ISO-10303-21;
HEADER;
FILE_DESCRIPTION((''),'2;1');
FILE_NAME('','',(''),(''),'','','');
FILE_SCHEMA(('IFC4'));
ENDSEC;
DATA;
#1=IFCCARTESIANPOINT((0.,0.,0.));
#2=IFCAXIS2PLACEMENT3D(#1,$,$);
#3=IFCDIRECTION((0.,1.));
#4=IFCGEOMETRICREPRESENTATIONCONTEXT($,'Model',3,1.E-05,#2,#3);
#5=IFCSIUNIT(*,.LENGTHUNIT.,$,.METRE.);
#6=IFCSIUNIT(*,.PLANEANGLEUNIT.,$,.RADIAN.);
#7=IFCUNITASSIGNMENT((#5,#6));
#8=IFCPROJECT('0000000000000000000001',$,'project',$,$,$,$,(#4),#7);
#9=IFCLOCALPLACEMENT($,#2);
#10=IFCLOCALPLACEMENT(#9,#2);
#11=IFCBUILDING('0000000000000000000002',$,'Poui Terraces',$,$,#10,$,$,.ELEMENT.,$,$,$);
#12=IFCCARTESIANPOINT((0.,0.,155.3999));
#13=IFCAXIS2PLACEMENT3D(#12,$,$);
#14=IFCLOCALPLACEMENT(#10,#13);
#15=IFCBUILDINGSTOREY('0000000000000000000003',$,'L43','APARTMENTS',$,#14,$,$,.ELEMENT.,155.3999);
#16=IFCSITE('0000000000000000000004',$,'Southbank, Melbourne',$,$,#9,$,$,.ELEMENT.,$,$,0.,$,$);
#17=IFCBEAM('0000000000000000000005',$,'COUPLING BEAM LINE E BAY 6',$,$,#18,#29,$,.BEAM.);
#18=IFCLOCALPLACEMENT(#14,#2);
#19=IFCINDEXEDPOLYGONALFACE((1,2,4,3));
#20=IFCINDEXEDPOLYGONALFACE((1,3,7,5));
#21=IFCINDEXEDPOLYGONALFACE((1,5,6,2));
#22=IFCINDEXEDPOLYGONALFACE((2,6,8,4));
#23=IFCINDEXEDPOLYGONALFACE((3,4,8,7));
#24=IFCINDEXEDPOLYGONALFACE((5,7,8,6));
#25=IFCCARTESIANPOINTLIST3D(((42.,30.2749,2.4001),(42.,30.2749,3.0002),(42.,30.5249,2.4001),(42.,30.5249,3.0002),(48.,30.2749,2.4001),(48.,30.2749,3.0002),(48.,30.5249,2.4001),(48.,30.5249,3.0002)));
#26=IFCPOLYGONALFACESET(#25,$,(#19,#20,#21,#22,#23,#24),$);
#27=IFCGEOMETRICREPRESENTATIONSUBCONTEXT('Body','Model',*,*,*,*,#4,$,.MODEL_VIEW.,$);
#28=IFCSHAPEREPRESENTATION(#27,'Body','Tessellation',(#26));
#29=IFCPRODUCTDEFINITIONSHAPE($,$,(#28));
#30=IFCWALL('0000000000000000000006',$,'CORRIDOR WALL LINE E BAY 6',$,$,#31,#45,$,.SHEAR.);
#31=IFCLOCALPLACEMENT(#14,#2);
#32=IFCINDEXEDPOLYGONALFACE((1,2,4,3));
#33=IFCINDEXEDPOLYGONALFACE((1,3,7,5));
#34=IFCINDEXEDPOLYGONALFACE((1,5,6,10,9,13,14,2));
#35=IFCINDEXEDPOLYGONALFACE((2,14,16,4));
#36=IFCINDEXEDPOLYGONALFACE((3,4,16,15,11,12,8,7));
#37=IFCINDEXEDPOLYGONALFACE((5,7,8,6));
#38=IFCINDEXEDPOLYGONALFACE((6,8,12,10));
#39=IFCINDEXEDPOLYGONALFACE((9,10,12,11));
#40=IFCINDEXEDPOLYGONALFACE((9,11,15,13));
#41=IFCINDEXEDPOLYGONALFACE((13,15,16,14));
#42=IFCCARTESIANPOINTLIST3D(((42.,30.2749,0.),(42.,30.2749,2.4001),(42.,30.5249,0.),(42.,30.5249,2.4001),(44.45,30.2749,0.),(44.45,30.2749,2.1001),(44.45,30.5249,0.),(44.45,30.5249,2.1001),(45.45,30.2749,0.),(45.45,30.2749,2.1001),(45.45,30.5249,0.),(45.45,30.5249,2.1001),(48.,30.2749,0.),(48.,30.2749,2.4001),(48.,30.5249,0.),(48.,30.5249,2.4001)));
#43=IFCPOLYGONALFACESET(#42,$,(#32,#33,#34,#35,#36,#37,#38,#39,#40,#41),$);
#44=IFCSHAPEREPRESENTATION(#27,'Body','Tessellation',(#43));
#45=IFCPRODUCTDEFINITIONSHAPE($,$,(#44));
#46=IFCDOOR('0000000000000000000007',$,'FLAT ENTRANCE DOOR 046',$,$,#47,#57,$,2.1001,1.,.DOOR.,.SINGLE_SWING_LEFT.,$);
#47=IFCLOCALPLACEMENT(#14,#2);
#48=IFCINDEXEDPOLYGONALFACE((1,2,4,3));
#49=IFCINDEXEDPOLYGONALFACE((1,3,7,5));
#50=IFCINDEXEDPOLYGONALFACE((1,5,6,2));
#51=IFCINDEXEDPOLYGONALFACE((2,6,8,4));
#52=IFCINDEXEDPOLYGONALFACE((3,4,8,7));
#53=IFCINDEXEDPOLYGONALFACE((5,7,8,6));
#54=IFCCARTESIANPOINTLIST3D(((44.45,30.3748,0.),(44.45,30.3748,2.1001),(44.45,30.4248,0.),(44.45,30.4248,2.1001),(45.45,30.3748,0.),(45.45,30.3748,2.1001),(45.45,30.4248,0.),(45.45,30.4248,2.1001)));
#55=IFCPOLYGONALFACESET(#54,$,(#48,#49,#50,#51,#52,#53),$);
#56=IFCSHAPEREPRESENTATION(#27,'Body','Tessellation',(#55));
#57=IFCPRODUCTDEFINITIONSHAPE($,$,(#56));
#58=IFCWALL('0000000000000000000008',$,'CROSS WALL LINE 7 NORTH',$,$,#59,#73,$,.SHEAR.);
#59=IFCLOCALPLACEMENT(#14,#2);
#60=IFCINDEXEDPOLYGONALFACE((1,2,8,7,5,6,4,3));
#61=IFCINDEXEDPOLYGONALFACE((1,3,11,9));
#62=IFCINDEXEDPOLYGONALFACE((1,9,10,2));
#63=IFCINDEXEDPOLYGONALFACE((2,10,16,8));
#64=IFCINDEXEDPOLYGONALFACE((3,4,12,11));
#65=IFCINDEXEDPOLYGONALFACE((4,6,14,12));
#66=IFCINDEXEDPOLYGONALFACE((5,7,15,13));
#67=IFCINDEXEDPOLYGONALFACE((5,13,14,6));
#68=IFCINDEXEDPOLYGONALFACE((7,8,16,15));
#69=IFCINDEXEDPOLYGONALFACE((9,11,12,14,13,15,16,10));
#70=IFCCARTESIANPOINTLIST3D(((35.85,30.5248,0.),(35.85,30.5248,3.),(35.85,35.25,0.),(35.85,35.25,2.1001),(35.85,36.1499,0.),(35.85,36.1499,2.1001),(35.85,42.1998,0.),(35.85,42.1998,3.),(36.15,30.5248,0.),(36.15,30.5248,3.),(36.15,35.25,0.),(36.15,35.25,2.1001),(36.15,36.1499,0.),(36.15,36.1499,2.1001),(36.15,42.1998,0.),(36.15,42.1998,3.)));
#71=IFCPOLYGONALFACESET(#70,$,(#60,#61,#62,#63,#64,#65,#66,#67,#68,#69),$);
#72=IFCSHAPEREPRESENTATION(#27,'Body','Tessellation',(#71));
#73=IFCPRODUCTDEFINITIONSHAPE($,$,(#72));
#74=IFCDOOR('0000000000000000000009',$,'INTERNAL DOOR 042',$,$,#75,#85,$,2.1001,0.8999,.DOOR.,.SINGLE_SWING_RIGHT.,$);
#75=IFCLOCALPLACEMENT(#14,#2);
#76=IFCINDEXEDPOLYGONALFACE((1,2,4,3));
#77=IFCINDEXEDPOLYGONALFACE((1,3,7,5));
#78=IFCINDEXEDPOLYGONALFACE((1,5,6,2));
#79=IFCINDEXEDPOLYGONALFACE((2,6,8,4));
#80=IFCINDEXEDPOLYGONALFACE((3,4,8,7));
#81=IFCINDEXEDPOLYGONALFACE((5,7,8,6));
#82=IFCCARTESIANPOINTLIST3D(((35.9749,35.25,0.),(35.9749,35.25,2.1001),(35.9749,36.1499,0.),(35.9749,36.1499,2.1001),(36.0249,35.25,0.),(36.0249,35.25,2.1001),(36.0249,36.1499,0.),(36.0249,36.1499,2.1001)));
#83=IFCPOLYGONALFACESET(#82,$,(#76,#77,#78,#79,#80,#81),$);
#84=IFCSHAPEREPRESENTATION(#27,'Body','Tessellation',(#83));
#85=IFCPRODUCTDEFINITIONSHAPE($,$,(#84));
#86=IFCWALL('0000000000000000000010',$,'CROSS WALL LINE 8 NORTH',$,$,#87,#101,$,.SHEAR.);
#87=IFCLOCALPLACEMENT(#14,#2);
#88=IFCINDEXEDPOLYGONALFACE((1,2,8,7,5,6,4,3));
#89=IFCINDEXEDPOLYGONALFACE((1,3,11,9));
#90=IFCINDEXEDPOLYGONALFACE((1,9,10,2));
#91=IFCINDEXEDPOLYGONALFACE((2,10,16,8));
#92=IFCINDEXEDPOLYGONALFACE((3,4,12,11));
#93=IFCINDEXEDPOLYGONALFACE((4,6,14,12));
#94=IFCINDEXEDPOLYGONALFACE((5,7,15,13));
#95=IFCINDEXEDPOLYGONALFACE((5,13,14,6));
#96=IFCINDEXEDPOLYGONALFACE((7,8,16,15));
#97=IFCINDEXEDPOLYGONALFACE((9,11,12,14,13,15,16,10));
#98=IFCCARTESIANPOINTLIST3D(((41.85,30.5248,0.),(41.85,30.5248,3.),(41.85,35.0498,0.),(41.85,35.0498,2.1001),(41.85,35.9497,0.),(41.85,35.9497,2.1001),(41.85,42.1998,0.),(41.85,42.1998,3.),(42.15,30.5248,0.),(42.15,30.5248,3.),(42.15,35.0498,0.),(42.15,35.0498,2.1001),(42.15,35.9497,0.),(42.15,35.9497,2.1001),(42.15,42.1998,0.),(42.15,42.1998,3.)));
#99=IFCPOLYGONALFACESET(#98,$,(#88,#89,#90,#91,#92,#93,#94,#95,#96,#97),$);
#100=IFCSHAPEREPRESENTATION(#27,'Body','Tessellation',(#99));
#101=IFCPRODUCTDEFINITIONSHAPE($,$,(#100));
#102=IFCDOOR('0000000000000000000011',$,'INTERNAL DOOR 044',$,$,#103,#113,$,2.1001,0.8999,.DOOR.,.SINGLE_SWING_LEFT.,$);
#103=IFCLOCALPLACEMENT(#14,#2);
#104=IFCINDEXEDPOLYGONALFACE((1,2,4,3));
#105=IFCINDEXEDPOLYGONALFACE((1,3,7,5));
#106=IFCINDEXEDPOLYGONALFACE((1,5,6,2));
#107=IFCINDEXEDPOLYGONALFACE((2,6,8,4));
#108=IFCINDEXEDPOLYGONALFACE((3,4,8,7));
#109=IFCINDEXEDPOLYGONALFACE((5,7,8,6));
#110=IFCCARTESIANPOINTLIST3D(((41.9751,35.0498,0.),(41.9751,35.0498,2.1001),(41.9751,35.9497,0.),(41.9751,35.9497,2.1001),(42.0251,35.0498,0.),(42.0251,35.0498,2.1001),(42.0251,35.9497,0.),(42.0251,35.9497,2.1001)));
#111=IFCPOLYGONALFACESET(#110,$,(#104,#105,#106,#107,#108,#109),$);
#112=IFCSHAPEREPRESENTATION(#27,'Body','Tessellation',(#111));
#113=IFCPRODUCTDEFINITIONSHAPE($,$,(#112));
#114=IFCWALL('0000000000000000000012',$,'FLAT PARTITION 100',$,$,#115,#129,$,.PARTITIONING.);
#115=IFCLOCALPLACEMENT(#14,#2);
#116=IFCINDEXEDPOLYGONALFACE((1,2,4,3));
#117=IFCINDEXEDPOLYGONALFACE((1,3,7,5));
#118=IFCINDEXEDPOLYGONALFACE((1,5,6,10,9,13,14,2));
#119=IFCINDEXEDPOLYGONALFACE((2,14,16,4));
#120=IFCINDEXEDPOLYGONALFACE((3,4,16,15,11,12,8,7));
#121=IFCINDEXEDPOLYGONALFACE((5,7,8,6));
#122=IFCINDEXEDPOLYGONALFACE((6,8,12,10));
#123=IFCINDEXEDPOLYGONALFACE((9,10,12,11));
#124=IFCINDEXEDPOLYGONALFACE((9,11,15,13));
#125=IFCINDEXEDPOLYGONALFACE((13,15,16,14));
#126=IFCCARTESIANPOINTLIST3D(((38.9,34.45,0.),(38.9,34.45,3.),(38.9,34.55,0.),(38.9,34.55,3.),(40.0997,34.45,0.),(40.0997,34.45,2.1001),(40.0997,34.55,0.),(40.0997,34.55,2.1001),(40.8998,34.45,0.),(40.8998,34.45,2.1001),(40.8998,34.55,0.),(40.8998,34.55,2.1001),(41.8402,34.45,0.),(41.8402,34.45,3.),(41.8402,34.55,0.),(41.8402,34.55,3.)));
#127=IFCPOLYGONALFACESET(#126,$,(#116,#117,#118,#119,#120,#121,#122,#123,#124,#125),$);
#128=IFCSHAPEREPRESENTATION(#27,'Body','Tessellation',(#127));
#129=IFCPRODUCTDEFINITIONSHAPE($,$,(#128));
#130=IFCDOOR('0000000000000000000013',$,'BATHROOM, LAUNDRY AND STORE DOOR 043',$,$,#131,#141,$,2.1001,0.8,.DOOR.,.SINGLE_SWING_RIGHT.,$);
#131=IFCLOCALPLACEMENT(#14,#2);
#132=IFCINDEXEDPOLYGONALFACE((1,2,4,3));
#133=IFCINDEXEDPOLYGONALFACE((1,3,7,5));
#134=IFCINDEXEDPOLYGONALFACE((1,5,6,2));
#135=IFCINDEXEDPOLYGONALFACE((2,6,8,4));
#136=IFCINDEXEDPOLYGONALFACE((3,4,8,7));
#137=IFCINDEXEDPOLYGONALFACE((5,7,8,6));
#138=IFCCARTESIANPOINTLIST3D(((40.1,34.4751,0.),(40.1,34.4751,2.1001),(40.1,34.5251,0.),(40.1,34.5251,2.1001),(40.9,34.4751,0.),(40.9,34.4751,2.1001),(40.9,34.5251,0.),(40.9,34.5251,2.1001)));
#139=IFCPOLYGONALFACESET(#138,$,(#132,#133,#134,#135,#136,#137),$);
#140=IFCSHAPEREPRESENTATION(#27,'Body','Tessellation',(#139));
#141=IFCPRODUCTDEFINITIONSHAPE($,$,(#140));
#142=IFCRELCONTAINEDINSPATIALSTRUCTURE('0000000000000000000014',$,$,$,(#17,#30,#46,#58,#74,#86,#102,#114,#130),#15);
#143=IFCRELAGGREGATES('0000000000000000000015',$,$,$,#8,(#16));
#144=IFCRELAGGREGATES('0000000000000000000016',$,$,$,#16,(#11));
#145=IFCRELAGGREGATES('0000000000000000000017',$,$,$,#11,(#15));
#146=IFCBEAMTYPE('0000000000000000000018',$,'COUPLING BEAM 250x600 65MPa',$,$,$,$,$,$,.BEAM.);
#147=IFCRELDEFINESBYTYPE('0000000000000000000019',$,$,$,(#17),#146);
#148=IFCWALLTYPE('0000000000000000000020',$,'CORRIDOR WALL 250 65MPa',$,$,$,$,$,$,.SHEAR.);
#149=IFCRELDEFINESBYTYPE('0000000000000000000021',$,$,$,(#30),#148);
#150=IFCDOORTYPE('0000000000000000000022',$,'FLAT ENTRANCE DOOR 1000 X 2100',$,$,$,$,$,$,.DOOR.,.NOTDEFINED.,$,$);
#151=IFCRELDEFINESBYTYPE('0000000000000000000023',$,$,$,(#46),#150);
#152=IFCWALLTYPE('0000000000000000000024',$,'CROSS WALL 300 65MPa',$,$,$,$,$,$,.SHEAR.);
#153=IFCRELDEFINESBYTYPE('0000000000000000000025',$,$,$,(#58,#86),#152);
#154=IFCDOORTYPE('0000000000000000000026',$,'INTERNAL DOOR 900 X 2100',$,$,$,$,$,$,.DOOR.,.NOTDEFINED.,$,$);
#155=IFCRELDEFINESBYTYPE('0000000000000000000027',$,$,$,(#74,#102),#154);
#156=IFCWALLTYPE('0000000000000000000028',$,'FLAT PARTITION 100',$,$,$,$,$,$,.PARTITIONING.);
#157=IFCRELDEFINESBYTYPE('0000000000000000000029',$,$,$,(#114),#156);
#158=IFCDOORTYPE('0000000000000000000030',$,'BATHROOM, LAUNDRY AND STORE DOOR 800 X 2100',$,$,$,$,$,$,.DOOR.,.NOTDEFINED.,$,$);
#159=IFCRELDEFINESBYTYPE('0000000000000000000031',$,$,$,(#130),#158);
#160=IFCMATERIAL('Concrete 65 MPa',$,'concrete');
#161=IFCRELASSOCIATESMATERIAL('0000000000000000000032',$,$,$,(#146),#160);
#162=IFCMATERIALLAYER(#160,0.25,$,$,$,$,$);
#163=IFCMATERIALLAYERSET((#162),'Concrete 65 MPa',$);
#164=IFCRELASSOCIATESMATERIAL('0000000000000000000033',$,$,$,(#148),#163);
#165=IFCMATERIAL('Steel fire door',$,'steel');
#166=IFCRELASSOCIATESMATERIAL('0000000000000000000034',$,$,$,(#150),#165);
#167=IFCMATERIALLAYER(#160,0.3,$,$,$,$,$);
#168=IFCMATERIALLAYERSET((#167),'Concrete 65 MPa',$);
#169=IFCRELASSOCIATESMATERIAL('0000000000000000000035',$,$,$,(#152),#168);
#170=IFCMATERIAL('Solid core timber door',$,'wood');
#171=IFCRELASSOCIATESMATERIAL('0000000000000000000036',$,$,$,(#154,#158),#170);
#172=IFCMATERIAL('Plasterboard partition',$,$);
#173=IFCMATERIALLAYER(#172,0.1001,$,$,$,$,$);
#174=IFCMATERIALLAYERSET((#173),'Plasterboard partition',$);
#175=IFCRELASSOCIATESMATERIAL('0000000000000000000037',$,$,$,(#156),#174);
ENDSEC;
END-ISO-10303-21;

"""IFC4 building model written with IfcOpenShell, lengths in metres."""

from ifc_helpers import new_model, si_unit, direction, frame, frame_2d, origin, origin_2d, place, context, subcontext, project, spatial, rectangle, extrude, source, transform, mapped, material, layer, layer_set, material_profile, profile_set, type_object, element, fill, save


model = new_model("IFC4")

# Units and contexts
model_context = context("Model", 3, precision=1e-05, world=origin(), true_north=direction((0.0, 1.0)))
body_context = subcontext(model_context, "Body", "Model", "MODEL_VIEW")
ifc_project = project(units=[si_unit("LENGTHUNIT", "METRE"), si_unit("PLANEANGLEUNIT", "RADIAN")], contexts=[model_context])

# Site, building, storey
site_placement = place(None, origin())
site = spatial("IfcSite", under=ifc_project, at=site_placement, Name="Southbank, Melbourne", CompositionType="ELEMENT", RefElevation=0.0)
building_placement = place(site_placement, origin())
building = spatial("IfcBuilding", under=site, at=building_placement, Name="Poui Terraces", CompositionType="ELEMENT")
storey_placement = place(building_placement, frame((0.0, 0.0, 155.3999)))
storey = spatial("IfcBuildingStorey", under=building, at=storey_placement, Name="L43", Description="APARTMENTS", CompositionType="ELEMENT", Elevation=155.3999)

# Beam
ifc_material_1 = material(Name="Concrete 65 MPa", Category="concrete")
ifc_material_profile = material_profile(ifc_material_1, rectangle(XDim=0.25, YDim=0.6001, at=origin_2d()), Name="RC 250x600")
ifc_profile_set = profile_set([ifc_material_profile], Name="Concrete 65 MPa")
beam_type = type_object("IfcBeamType", Name="COUPLING BEAM 250x600 65MPa", PredefinedType="BEAM", material=ifc_profile_set)
shared_shape = source(origin(), body_context, "Body", "SweptSolid", [
    extrude(rectangle(XDim=0.25, YDim=0.6001, at=origin_2d()), origin(), (0.0, 0.0, 1.0), 6.0),
])
beam_placement = place(storey_placement, frame((42.0, 30.3999, 2.7002), z_axis=(1.0, 0.0, 0.0), x_axis=(0.0, 1.0, 0.0)))
element("IfcBeam", 1, at=beam_placement, inside=storey, type_object=beam_type, Name="COUPLING BEAM LINE E BAY 6", PredefinedType="BEAM", context=body_context, shape_type="MappedRepresentation", body=[
    mapped(shared_shape, transform((0.0, 0.0, 0.0))),
])

# Walls, openings, doors
ifc_layer_1 = layer(ifc_material_1, 0.25)
ifc_layer_set_1 = layer_set([ifc_layer_1], Name="Concrete 65 MPa")
wall_type_1 = type_object("IfcWallType", Name="CORRIDOR WALL 250 65MPa", PredefinedType="SHEAR", material=ifc_layer_set_1)
wall_1_placement = place(storey_placement, frame((42.0, 30.3999, 0.0), z_axis=(0.0, 0.0, 1.0), x_axis=(1.0, 0.0, 0.0)))
wall_1 = element("IfcWall", 2, at=wall_1_placement, inside=storey, type_object=wall_type_1, Name="CORRIDOR WALL LINE E BAY 6", PredefinedType="SHEAR", context=body_context, shape_type="SweptSolid", body=[
    extrude(rectangle(XDim=6.0, YDim=0.25, at=frame_2d((3.0, 0.0))), origin(), (0.0, 0.0, 1.0), 2.4001),
])
opening_1_placement = place(wall_1_placement, frame((2.45, 0.0, 0.0)))
opening_1 = element("IfcOpeningElement", 3, at=opening_1_placement, cuts=wall_1, PredefinedType="OPENING", context=body_context, shape_type="SweptSolid", body=[
    extrude(rectangle(XDim=1.0, YDim=2.1001, at=frame_2d((0.5, 1.05))), frame((0.0, 0.135, 0.0), z_axis=(0.0, -1.0, 0.0), x_axis=(1.0, 0.0, 0.0)), (0.0, 0.0, 1.0), 0.27),
])
ifc_material_2 = material(Name="Steel fire door", Category="steel")
door_type_1 = type_object("IfcDoorType", Name="FLAT ENTRANCE DOOR 1000 X 2100", OperationType="NOTDEFINED", PredefinedType="DOOR", material=ifc_material_2)
door_1_placement = place(opening_1_placement, origin())
door_1 = element("IfcDoor", 4, at=door_1_placement, inside=storey, type_object=door_type_1, Name="FLAT ENTRANCE DOOR 046", OperationType="SINGLE_SWING_LEFT", OverallHeight=2.1001, OverallWidth=1.0, PredefinedType="DOOR", context=body_context, shape_type="SweptSolid", body=[
    extrude(rectangle(XDim=1.0, YDim=2.1001, at=frame_2d((0.5, 1.05))), frame((0.0, 0.0249, 0.0), z_axis=(0.0, -1.0, 0.0), x_axis=(1.0, 0.0, 0.0)), (0.0, 0.0, 1.0), 0.05),
])
fill(opening_1, door_1)
ifc_layer_2 = layer(ifc_material_1, 0.3)
ifc_layer_set_2 = layer_set([ifc_layer_2], Name="Concrete 65 MPa")
wall_type_2 = type_object("IfcWallType", Name="CROSS WALL 300 65MPa", PredefinedType="SHEAR", material=ifc_layer_set_2)
wall_2_placement = place(storey_placement, frame((36.0, 30.5249, 0.0), z_axis=(0.0, 0.0, 1.0), x_axis=(0.0, 1.0, 0.0)))
wall_2 = element("IfcWall", 5, at=wall_2_placement, inside=storey, type_object=wall_type_2, Name="CROSS WALL LINE 7 NORTH", PredefinedType="SHEAR", context=body_context, shape_type="SweptSolid", body=[
    extrude(rectangle(XDim=11.675, YDim=0.3, at=frame_2d((5.8374, 0.0))), origin(), (0.0, 0.0, 1.0), 3.0),
])
opening_2_placement = place(wall_2_placement, frame((4.7251, 0.0, 0.0)))
opening_2 = element("IfcOpeningElement", 6, at=opening_2_placement, cuts=wall_2, PredefinedType="OPENING", context=body_context, shape_type="SweptSolid", body=[
    extrude(rectangle(XDim=0.8999, YDim=2.1001, at=frame_2d((0.45, 1.05))), frame((0.0, 0.1602, 0.0), z_axis=(0.0, -1.0, 0.0), x_axis=(1.0, 0.0, 0.0)), (0.0, 0.0, 1.0), 0.3201),
])
ifc_material_3 = material(Name="Solid core timber door", Category="wood")
door_type_2 = type_object("IfcDoorType", Name="INTERNAL DOOR 900 X 2100", OperationType="NOTDEFINED", PredefinedType="DOOR", material=ifc_material_3)
door_2_placement = place(opening_2_placement, frame((0.8999, 0.0, 0.0), z_axis=(0.0, 0.0, 1.0), x_axis=(-1.0, 0.0, 0.0)))
door_2 = element("IfcDoor", 7, at=door_2_placement, inside=storey, type_object=door_type_2, Name="INTERNAL DOOR 042", OperationType="SINGLE_SWING_RIGHT", OverallHeight=2.1001, OverallWidth=0.8999, PredefinedType="DOOR", context=body_context, shape_type="SweptSolid", body=[
    extrude(rectangle(XDim=0.8999, YDim=2.1001, at=frame_2d((0.45, 1.05))), frame((0.0, 0.0249, 0.0), z_axis=(0.0, -1.0, 0.0), x_axis=(1.0, 0.0, 0.0)), (0.0, 0.0, 1.0), 0.05),
])
fill(opening_2, door_2)
wall_3_placement = place(storey_placement, frame((42.0, 30.5249, 0.0), z_axis=(0.0, 0.0, 1.0), x_axis=(0.0, 1.0, 0.0)))
wall_3 = element("IfcWall", 8, at=wall_3_placement, inside=storey, type_object=wall_type_2, Name="CROSS WALL LINE 8 NORTH", PredefinedType="SHEAR", context=body_context, shape_type="SweptSolid", body=[
    extrude(rectangle(XDim=11.675, YDim=0.3, at=frame_2d((5.8374, 0.0))), origin(), (0.0, 0.0, 1.0), 3.0),
])
opening_3_placement = place(wall_3_placement, frame((4.5249, 0.0, 0.0)))
opening_3 = element("IfcOpeningElement", 9, at=opening_3_placement, cuts=wall_3, PredefinedType="OPENING", context=body_context, shape_type="SweptSolid", body=[
    extrude(rectangle(XDim=0.8999, YDim=2.1001, at=frame_2d((0.45, 1.05))), frame((0.0, 0.1602, 0.0), z_axis=(0.0, -1.0, 0.0), x_axis=(1.0, 0.0, 0.0)), (0.0, 0.0, 1.0), 0.3201),
])
door_3_placement = place(opening_3_placement, origin())
door_3 = element("IfcDoor", 10, at=door_3_placement, inside=storey, type_object=door_type_2, Name="INTERNAL DOOR 044", OperationType="SINGLE_SWING_LEFT", OverallHeight=2.1001, OverallWidth=0.8999, PredefinedType="DOOR", context=body_context, shape_type="SweptSolid", body=[
    extrude(rectangle(XDim=0.8999, YDim=2.1001, at=frame_2d((0.45, 1.05))), frame((0.0, 0.0249, 0.0), z_axis=(0.0, -1.0, 0.0), x_axis=(1.0, 0.0, 0.0)), (0.0, 0.0, 1.0), 0.05),
])
fill(opening_3, door_3)
ifc_material_4 = material(Name="Plasterboard partition")
ifc_layer_3 = layer(ifc_material_4, 0.1001)
ifc_layer_set_3 = layer_set([ifc_layer_3], Name="Plasterboard partition")
wall_type_3 = type_object("IfcWallType", Name="FLAT PARTITION 100", PredefinedType="PARTITIONING", material=ifc_layer_set_3)
wall_4_placement = place(storey_placement, frame((38.8999, 34.5, 0.0), z_axis=(0.0, 0.0, 1.0), x_axis=(1.0, 0.0, 0.0)))
wall_4 = element("IfcWall", 11, at=wall_4_placement, inside=storey, type_object=wall_type_3, Name="FLAT PARTITION 100", PredefinedType="PARTITIONING", context=body_context, shape_type="SweptSolid", body=[
    extrude(rectangle(XDim=2.9402, YDim=0.1001, at=frame_2d((1.4702, 0.0))), origin(), (0.0, 0.0, 1.0), 3.0),
])
opening_4_placement = place(wall_4_placement, frame((1.2, 0.0, 0.0)))
opening_4 = element("IfcOpeningElement", 12, at=opening_4_placement, cuts=wall_4, PredefinedType="OPENING", context=body_context, shape_type="SweptSolid", body=[
    extrude(rectangle(XDim=0.8, YDim=2.1001, at=frame_2d((0.3999, 1.05))), frame((0.0, 0.0601, 0.0), z_axis=(0.0, -1.0, 0.0), x_axis=(1.0, 0.0, 0.0)), (0.0, 0.0, 1.0), 0.1201),
])
door_type_3 = type_object("IfcDoorType", Name="BATHROOM, LAUNDRY AND STORE DOOR 800 X 2100", OperationType="NOTDEFINED", PredefinedType="DOOR", material=ifc_material_3)
door_4_placement = place(opening_4_placement, frame((0.8, 0.0, 0.0), z_axis=(0.0, 0.0, 1.0), x_axis=(-1.0, 0.0, 0.0)))
door_4 = element("IfcDoor", 13, at=door_4_placement, inside=storey, type_object=door_type_3, Name="BATHROOM, LAUNDRY AND STORE DOOR 043", OperationType="SINGLE_SWING_RIGHT", OverallHeight=2.1001, OverallWidth=0.8, PredefinedType="DOOR", context=body_context, shape_type="SweptSolid", body=[
    extrude(rectangle(XDim=0.8, YDim=2.1001, at=frame_2d((0.3999, 1.05))), frame((0.0, 0.0249, 0.0), z_axis=(0.0, -1.0, 0.0), x_axis=(1.0, 0.0, 0.0)), (0.0, 0.0, 1.0), 0.05),
])
fill(opening_4, door_4)

save(model, "model.ifc")
